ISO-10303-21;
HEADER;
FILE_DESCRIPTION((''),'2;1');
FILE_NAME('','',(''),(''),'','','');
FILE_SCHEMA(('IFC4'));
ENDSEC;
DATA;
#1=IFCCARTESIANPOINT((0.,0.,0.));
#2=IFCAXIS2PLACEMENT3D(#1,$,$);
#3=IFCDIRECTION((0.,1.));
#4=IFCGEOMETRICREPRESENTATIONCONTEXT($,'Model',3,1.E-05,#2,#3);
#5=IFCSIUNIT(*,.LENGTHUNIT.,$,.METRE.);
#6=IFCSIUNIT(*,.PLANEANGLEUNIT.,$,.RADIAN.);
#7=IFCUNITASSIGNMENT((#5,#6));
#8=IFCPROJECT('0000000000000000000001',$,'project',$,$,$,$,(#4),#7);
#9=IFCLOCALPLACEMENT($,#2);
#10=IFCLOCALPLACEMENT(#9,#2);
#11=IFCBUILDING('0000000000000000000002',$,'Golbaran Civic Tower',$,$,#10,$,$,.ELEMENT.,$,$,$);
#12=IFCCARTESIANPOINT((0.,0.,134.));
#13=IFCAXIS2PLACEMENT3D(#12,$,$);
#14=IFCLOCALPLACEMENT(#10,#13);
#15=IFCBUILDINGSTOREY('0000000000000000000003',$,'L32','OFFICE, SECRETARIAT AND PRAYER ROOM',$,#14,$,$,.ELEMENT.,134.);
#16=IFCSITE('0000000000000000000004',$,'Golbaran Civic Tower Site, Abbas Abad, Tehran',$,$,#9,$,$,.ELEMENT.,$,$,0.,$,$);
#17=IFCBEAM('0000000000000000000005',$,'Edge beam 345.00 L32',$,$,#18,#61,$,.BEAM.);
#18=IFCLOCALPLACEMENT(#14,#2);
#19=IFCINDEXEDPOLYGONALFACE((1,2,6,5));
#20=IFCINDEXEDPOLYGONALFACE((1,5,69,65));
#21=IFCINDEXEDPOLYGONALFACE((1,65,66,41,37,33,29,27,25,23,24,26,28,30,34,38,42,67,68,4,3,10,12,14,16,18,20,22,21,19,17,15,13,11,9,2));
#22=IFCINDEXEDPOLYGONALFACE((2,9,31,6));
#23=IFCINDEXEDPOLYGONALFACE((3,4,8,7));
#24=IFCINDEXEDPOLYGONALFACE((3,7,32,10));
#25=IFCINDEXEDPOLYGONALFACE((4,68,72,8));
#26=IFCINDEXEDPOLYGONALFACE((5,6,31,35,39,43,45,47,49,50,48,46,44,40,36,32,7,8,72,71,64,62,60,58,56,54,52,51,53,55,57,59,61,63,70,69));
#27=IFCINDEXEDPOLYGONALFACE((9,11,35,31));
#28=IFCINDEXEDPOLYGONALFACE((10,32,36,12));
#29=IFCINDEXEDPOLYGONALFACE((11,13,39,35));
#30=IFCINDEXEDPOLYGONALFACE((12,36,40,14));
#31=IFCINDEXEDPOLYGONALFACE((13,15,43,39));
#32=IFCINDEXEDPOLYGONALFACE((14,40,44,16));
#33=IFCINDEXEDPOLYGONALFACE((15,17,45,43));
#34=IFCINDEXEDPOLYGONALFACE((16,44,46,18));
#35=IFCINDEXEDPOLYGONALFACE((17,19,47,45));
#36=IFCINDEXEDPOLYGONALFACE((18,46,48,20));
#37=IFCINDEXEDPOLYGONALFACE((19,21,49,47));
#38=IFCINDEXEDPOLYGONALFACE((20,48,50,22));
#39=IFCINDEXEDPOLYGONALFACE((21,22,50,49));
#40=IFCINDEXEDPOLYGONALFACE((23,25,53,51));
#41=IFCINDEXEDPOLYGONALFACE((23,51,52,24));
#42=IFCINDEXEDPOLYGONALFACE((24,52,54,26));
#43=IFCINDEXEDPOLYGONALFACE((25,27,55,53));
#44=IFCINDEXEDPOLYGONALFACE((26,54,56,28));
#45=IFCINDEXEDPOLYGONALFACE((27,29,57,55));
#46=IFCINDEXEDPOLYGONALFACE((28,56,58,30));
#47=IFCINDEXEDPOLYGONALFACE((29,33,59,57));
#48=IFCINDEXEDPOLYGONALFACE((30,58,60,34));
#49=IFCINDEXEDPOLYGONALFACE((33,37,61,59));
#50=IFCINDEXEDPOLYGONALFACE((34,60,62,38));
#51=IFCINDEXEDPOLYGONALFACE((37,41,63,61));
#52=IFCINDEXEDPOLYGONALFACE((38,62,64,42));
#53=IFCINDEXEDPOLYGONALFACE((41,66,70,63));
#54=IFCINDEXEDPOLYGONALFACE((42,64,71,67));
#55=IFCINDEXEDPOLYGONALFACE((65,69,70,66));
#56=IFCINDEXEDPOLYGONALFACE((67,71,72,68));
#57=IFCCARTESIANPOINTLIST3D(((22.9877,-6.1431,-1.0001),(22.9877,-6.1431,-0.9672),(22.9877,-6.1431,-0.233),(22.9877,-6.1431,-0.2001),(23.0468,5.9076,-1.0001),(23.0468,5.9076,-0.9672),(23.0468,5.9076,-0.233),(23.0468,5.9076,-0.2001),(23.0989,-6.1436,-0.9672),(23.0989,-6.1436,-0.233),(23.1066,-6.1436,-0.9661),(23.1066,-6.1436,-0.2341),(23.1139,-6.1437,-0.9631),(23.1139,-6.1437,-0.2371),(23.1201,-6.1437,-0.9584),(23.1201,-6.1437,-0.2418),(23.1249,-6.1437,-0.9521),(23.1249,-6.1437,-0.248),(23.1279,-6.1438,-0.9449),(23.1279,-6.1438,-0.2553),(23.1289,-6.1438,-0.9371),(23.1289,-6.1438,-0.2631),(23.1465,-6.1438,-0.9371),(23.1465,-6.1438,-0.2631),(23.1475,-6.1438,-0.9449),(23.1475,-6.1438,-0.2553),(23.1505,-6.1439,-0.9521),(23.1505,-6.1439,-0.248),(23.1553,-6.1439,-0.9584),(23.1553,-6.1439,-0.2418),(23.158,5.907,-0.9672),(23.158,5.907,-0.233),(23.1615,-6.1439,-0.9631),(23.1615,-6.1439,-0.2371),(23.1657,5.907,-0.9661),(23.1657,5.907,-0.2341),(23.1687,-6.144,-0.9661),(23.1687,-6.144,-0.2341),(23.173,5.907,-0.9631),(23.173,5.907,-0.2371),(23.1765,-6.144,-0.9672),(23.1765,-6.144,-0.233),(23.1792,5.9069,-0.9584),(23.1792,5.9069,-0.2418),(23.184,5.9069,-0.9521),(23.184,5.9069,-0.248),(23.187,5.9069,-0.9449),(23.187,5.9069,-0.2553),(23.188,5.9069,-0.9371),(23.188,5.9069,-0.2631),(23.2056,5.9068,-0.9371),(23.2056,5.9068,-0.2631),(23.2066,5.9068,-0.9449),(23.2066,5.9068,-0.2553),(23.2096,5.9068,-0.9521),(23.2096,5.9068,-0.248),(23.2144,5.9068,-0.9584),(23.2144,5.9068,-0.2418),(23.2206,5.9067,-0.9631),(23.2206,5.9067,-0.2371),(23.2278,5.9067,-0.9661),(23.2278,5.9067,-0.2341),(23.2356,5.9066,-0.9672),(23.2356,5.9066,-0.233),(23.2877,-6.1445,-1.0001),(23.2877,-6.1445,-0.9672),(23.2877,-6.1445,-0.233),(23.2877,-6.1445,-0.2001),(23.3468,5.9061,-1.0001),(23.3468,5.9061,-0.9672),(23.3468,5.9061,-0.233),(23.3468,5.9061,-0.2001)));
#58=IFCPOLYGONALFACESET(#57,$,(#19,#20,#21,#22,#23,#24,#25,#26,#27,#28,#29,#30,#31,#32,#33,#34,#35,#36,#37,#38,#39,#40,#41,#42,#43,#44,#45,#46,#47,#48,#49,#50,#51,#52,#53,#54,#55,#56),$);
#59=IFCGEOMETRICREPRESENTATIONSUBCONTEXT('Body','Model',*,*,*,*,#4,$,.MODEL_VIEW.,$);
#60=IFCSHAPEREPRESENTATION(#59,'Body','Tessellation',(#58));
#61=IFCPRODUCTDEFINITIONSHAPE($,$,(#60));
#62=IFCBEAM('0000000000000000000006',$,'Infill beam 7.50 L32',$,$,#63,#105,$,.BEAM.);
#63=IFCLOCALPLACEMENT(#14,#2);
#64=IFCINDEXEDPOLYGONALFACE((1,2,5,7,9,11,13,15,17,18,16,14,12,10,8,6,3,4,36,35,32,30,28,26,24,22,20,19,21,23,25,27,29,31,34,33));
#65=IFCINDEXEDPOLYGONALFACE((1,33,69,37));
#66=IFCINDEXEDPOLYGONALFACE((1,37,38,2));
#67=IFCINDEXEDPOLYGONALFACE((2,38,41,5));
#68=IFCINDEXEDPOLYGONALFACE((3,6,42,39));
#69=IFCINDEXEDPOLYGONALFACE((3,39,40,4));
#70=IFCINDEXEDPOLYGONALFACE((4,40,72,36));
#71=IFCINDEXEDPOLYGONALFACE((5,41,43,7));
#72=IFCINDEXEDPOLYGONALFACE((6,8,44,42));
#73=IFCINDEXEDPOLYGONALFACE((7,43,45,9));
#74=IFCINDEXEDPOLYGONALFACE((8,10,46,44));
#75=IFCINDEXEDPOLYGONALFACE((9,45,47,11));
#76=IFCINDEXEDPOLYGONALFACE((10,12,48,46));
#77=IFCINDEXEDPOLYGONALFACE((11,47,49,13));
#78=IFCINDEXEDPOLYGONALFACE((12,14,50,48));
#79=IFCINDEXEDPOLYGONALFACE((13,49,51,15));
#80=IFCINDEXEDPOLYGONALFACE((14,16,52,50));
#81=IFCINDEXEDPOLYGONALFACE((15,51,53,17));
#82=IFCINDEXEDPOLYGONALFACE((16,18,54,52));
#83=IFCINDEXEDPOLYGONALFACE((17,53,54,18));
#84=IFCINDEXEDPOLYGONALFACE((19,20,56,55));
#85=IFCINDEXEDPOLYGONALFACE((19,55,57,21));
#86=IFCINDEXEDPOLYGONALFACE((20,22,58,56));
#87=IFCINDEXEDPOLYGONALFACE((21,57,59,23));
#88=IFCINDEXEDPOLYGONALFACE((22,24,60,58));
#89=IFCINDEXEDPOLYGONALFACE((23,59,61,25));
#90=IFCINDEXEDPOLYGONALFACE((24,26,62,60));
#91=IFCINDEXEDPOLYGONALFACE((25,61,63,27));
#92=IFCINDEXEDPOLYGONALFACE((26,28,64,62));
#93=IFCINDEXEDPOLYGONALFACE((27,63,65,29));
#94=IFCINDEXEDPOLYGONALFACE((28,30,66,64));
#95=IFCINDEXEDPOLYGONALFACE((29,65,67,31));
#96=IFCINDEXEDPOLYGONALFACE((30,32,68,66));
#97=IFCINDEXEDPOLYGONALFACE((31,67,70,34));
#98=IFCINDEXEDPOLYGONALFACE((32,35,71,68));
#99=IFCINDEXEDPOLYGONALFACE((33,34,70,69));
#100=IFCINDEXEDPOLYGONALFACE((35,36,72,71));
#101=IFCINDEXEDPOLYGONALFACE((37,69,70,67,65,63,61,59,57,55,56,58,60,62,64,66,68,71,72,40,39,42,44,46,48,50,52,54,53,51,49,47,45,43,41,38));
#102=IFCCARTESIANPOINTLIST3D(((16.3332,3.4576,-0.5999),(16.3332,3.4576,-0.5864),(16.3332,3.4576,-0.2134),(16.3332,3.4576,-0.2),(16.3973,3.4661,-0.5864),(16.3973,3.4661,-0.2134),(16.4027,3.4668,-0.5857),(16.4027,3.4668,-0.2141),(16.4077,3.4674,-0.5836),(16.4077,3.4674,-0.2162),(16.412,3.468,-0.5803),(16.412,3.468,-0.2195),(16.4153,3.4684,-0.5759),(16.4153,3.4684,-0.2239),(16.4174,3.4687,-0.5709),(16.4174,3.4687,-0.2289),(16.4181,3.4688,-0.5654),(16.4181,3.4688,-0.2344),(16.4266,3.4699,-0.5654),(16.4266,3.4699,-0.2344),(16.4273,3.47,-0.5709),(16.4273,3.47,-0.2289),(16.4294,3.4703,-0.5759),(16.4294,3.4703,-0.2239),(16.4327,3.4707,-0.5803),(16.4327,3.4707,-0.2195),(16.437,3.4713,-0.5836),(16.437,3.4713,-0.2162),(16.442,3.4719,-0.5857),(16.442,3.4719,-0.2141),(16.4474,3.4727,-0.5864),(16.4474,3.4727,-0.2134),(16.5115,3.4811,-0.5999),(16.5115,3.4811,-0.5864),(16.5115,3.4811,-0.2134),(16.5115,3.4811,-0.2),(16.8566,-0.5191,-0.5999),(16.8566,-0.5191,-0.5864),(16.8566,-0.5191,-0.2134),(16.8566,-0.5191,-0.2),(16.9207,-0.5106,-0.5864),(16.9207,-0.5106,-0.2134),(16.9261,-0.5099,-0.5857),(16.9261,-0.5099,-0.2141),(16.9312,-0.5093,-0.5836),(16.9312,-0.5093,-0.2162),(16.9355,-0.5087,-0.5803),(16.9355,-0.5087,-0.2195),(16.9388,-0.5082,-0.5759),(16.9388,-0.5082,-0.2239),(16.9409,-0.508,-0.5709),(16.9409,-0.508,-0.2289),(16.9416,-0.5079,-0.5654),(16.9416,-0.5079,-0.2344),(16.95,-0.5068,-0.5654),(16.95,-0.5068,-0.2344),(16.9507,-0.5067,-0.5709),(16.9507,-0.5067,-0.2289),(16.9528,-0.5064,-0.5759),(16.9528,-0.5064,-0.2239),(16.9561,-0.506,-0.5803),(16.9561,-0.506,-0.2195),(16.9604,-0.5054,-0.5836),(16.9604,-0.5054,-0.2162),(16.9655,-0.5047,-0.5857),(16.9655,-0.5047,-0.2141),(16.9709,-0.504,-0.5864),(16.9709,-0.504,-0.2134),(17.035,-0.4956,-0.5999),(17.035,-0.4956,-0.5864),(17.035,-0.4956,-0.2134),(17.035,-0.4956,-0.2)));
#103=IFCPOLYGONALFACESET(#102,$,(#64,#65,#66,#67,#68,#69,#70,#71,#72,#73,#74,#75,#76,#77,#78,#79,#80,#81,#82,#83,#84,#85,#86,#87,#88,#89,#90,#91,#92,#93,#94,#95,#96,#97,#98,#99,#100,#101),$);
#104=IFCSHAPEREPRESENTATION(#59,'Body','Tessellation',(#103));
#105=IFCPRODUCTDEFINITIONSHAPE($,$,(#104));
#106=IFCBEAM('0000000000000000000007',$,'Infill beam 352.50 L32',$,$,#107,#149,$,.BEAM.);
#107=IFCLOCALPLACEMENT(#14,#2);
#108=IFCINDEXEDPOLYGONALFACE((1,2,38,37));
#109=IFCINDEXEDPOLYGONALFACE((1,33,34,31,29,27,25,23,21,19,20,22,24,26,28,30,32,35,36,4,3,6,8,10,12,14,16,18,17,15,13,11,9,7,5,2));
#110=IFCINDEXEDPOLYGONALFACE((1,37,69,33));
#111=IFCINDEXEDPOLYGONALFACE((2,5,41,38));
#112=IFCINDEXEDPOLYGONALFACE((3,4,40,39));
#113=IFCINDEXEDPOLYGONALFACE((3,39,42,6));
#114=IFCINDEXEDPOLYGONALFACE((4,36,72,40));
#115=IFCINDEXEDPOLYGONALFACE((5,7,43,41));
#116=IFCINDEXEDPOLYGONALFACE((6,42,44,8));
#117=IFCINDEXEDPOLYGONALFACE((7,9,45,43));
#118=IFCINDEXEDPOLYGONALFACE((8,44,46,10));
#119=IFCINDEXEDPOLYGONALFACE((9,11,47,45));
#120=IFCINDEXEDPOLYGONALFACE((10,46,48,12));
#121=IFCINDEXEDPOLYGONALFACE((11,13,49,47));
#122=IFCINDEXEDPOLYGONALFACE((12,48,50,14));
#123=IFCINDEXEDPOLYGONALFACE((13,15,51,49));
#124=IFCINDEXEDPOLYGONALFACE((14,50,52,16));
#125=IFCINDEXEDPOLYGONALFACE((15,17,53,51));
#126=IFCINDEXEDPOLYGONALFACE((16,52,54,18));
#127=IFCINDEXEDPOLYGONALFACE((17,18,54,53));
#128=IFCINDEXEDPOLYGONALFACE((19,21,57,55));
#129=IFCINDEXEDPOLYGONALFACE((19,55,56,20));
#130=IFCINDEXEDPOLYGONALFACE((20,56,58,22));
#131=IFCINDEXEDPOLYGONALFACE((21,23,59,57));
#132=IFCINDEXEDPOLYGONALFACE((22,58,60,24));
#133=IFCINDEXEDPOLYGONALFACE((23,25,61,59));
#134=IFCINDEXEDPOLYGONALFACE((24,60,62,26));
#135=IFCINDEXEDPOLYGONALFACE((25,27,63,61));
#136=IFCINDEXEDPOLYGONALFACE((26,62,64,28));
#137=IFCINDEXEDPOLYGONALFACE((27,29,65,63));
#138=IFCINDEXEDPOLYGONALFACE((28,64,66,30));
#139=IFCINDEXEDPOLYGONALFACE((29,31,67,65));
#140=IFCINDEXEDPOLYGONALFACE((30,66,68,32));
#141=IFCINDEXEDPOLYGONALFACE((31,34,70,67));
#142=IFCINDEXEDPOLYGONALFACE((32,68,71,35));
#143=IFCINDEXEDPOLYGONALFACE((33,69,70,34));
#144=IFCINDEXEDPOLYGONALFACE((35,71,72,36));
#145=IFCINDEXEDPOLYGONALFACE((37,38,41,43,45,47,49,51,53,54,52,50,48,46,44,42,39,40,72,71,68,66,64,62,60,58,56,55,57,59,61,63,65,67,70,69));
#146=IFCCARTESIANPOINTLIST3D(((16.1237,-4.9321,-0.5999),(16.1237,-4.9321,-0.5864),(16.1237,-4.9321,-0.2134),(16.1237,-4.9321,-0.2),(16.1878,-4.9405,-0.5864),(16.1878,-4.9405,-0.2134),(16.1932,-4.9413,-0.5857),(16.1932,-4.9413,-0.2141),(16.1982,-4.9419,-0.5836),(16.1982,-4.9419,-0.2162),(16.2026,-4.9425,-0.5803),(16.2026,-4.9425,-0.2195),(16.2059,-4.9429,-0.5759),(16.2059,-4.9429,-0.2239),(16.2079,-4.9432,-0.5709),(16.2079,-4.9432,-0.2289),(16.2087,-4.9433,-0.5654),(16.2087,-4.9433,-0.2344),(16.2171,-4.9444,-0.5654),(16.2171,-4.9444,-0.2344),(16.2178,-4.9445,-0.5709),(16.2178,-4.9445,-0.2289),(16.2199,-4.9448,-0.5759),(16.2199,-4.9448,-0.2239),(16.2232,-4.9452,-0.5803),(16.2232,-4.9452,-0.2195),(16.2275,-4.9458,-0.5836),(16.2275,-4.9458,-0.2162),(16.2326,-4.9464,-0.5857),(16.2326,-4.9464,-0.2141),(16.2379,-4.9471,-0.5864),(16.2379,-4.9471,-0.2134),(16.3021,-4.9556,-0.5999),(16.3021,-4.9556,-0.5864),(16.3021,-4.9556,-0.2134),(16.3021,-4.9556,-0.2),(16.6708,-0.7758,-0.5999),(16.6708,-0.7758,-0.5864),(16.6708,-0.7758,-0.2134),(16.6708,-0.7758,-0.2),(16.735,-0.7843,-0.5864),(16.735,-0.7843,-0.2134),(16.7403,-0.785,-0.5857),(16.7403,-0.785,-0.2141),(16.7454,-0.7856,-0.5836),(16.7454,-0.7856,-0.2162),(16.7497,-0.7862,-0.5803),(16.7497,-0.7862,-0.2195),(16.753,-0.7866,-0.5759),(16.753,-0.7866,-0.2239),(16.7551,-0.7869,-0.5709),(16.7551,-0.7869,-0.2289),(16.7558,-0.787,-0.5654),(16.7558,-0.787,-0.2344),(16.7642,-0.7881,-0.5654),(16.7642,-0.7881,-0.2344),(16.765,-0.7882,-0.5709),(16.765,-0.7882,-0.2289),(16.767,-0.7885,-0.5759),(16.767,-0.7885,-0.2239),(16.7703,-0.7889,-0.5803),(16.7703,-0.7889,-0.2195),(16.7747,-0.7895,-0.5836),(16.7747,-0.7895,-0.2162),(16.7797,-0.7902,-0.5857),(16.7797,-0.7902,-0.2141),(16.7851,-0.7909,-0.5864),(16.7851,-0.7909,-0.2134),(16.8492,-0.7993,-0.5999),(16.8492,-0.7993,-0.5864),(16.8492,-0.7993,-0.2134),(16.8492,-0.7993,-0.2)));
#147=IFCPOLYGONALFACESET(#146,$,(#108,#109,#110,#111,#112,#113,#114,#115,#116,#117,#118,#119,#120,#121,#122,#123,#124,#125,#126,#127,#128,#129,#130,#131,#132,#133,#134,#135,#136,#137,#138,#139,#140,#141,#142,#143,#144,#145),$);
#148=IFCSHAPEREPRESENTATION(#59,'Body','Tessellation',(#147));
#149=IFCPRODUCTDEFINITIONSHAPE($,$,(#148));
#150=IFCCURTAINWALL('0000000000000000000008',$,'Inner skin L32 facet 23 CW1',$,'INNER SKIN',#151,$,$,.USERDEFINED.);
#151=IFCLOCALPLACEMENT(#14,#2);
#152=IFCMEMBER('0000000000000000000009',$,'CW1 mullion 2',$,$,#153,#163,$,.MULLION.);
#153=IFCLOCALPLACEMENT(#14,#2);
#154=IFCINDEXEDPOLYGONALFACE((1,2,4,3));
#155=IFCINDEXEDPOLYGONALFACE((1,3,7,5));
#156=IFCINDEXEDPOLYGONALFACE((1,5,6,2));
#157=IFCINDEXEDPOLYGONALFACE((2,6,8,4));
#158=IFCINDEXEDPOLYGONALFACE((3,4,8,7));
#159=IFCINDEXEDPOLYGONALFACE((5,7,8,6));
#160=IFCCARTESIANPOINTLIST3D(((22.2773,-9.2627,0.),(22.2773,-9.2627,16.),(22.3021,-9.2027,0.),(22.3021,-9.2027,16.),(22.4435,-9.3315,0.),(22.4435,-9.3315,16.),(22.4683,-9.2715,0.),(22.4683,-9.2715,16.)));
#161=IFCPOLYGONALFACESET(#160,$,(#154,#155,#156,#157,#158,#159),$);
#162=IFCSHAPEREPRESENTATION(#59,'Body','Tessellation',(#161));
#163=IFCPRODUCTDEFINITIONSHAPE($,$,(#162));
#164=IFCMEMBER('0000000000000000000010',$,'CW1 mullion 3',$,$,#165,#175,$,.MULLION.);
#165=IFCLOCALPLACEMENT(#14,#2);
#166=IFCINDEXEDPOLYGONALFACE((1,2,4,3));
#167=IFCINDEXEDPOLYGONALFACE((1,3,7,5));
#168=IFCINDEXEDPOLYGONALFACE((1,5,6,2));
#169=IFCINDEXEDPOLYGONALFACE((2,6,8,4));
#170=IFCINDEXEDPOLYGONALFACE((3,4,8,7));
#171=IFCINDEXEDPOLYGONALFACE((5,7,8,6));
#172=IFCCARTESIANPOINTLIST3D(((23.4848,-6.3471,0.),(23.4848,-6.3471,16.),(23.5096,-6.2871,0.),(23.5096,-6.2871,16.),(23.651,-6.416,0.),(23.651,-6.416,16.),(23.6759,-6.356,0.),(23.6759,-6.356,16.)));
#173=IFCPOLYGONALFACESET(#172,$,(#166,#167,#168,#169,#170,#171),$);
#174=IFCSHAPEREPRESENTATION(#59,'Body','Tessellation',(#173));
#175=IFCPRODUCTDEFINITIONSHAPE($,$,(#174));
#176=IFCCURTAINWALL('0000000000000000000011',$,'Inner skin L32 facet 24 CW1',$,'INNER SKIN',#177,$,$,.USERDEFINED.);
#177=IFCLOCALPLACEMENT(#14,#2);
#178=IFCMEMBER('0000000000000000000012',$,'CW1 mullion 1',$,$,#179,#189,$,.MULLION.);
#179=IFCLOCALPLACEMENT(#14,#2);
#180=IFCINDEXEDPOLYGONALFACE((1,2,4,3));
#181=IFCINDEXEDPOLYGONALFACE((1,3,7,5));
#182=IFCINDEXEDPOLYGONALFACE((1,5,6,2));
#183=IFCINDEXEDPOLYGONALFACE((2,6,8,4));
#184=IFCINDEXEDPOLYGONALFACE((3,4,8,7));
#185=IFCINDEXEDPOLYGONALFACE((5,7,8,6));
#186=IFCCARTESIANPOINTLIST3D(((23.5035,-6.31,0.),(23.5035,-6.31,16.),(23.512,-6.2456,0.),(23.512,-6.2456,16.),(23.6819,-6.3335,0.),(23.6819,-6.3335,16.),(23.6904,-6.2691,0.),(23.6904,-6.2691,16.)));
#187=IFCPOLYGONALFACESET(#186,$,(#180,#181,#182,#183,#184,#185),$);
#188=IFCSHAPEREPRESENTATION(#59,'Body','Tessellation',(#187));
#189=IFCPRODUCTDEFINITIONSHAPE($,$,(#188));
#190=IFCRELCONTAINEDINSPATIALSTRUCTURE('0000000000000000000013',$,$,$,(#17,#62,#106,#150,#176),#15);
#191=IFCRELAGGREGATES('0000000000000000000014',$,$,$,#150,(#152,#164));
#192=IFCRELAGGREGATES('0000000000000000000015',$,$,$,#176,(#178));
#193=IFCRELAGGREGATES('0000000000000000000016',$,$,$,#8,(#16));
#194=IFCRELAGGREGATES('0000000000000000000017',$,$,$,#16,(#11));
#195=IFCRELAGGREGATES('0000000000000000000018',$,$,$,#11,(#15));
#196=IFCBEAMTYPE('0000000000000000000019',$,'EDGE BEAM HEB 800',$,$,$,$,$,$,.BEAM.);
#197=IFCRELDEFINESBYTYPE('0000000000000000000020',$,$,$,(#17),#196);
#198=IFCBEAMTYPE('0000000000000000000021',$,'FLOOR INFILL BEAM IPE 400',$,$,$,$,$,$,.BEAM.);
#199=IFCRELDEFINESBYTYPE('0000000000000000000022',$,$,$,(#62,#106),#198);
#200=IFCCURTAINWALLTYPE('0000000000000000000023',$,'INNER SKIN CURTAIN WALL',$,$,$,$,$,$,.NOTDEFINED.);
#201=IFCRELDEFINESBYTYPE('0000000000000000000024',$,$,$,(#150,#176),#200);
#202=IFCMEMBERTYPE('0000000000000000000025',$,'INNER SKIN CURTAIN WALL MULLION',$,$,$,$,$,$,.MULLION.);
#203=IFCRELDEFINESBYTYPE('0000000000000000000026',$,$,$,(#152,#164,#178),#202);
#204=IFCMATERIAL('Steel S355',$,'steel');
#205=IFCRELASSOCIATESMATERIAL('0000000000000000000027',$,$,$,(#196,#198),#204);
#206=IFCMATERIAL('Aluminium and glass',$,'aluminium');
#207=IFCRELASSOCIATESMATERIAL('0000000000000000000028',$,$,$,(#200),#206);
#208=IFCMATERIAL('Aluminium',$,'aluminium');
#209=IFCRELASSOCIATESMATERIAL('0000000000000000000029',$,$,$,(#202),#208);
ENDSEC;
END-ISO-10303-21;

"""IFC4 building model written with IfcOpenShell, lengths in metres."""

from ifc_helpers import new_model, si_unit, direction, frame, origin, origin_2d, place, context, subcontext, project, spatial, rectangle, i_section, extrude, material, material_profile, profile_set, type_object, element, aggregate, save


model = new_model("IFC4")

# Units and contexts
model_context = context("Model", 3, precision=1e-05, world=origin(), true_north=direction((0.0, 1.0)))
body_context = subcontext(model_context, "Body", "Model", "MODEL_VIEW")
ifc_project = project(units=[si_unit("LENGTHUNIT", "METRE"), si_unit("PLANEANGLEUNIT", "RADIAN")], contexts=[model_context])

# Site, building, storey
site_placement = place(None, origin())
site = spatial("IfcSite", under=ifc_project, at=site_placement, Name="Golbaran Civic Tower Site, Abbas Abad, Tehran", CompositionType="ELEMENT", RefElevation=0.0)
building_placement = place(site_placement, origin())
building = spatial("IfcBuilding", under=site, at=building_placement, Name="Golbaran Civic Tower", CompositionType="ELEMENT")
storey_placement = place(building_placement, frame((0.0, 0.0, 134.0)))
storey = spatial("IfcBuildingStorey", under=building, at=storey_placement, Name="L32", Description="OFFICE, SECRETARIAT AND PRAYER ROOM", CompositionType="ELEMENT", Elevation=134.0)

# Beams
ifc_material_1 = material(Name="Steel S355", Category="steel")
ifc_material_profile_1 = material_profile(ifc_material_1, i_section(OverallWidth=0.3, OverallDepth=0.8, WebThickness=0.0176, FlangeThickness=0.033, FilletRadius=0.03, at=origin_2d()), Name="HEB 800")
ifc_profile_set_1 = profile_set([ifc_material_profile_1], Name="Steel S355")
beam_type_1 = type_object("IfcBeamType", Name="EDGE BEAM HEB 800", PredefinedType="BEAM", material=ifc_profile_set_1)
beam_1_placement = place(storey_placement, frame((23.1377, -6.1438, -0.6001), z_axis=(0.004903, 0.999988, 0.0), x_axis=(-0.999988, 0.004903, 0.0)))
element("IfcBeam", 1, at=beam_1_placement, inside=storey, type_object=beam_type_1, Name="Edge beam 345.00 L32", PredefinedType="BEAM", context=body_context, shape_type="SweptSolid", body=[
    extrude(i_section(OverallWidth=0.3, OverallDepth=0.8, WebThickness=0.0176, FlangeThickness=0.033, FilletRadius=0.03, at=origin_2d()), origin(), (0.0, 0.0, 1.0), 12.0508),
])
ifc_material_profile_2 = material_profile(ifc_material_1, i_section(OverallWidth=0.1799, OverallDepth=0.3999, WebThickness=0.0085, FlangeThickness=0.0134, FilletRadius=0.021, at=origin_2d()), Name="IPE 400")
ifc_profile_set_2 = profile_set([ifc_material_profile_2], Name="Steel S355")
beam_type_2 = type_object("IfcBeamType", Name="FLOOR INFILL BEAM IPE 400", PredefinedType="BEAM", material=ifc_profile_set_2)
beam_2_placement = place(storey_placement, frame((16.9458, -0.5073, -0.3999), z_axis=(-0.130505, 0.991448, 0.0), x_axis=(-0.991448, -0.130505, 0.0)))
element("IfcBeam", 2, at=beam_2_placement, inside=storey, type_object=beam_type_2, Name="Infill beam 7.50 L32", PredefinedType="BEAM", context=body_context, shape_type="SweptSolid", body=[
    extrude(i_section(OverallWidth=0.1799, OverallDepth=0.3999, WebThickness=0.0085, FlangeThickness=0.0134, FilletRadius=0.021, at=origin_2d()), origin(), (0.0, 0.0, 1.0), 4.011),
])
beam_3_placement = place(storey_placement, frame((16.2129, -4.9438, -0.3999), z_axis=(0.130512, 0.991447, 0.0), x_axis=(-0.991447, 0.130512, 0.0)))
element("IfcBeam", 3, at=beam_3_placement, inside=storey, type_object=beam_type_2, Name="Infill beam 352.50 L32", PredefinedType="BEAM", context=body_context, shape_type="SweptSolid", body=[
    extrude(i_section(OverallWidth=0.1799, OverallDepth=0.3999, WebThickness=0.0085, FlangeThickness=0.0134, FilletRadius=0.021, at=origin_2d()), origin(), (0.0, 0.0, 1.0), 4.1921),
])

# Curtain wall, members
ifc_material_2 = material(Name="Aluminium and glass", Category="aluminium")
curtain_wall_type = type_object("IfcCurtainWallType", Name="INNER SKIN CURTAIN WALL", PredefinedType="NOTDEFINED", material=ifc_material_2)
curtain_wall_1_placement = place(storey_placement, origin())
curtain_wall_1 = element("IfcCurtainWall", 4, at=curtain_wall_1_placement, inside=storey, type_object=curtain_wall_type, Name="Inner skin L32 facet 23 CW1", ObjectType="INNER SKIN", PredefinedType="USERDEFINED")
ifc_material_3 = material(Name="Aluminium", Category="aluminium")
ifc_material_profile_3 = material_profile(ifc_material_3, rectangle(XDim=0.1799, YDim=0.0649, at=origin_2d()), Name="INNER SKIN CURTAIN WALL MULLION")
ifc_profile_set_3 = profile_set([ifc_material_profile_3], Name="Aluminium")
member_type_1 = type_object("IfcMemberType", Name="INNER SKIN CURTAIN WALL MULLION", PredefinedType="MULLION", material=ifc_profile_set_3)
member_1_placement = place(storey_placement, frame((22.3728, -9.2671, 0.0), z_axis=(0.0, 0.0, 1.0), x_axis=(-0.92388, 0.382683, 0.0)))
member_1 = element("IfcMember", 5, at=member_1_placement, type_object=member_type_1, Name="CW1 mullion 2", PredefinedType="MULLION", context=body_context, shape_type="SweptSolid", body=[
    extrude(rectangle(XDim=0.1799, YDim=0.0649, at=origin_2d()), origin(), (0.0, 0.0, 1.0), 16.0),
])
member_2_placement = place(storey_placement, frame((23.5803, -6.3516, 0.0), z_axis=(0.0, 0.0, 1.0), x_axis=(-0.92388, 0.382683, 0.0)))
member_2 = element("IfcMember", 6, at=member_2_placement, type_object=member_type_1, Name="CW1 mullion 3", PredefinedType="MULLION", context=body_context, shape_type="SweptSolid", body=[
    extrude(rectangle(XDim=0.1799, YDim=0.0649, at=origin_2d()), origin(), (0.0, 0.0, 1.0), 16.0),
])

# Curtain wall, member
curtain_wall_2_placement = place(storey_placement, origin())
curtain_wall_2 = element("IfcCurtainWall", 7, at=curtain_wall_2_placement, inside=storey, type_object=curtain_wall_type, Name="Inner skin L32 facet 24 CW1", ObjectType="INNER SKIN", PredefinedType="USERDEFINED")
member_3_placement = place(storey_placement, frame((23.5969, -6.2896, 0.0), z_axis=(0.0, 0.0, 1.0), x_axis=(-0.991445, 0.130526, 0.0)))
member_3 = element("IfcMember", 8, at=member_3_placement, type_object=member_type_1, Name="CW1 mullion 1", PredefinedType="MULLION", context=body_context, shape_type="SweptSolid", body=[
    extrude(rectangle(XDim=0.1799, YDim=0.0649, at=origin_2d()), origin(), (0.0, 0.0, 1.0), 16.0),
])

aggregate(curtain_wall_1, [member_1, member_2])
aggregate(curtain_wall_2, [member_3])

save(model, "model.ifc")
